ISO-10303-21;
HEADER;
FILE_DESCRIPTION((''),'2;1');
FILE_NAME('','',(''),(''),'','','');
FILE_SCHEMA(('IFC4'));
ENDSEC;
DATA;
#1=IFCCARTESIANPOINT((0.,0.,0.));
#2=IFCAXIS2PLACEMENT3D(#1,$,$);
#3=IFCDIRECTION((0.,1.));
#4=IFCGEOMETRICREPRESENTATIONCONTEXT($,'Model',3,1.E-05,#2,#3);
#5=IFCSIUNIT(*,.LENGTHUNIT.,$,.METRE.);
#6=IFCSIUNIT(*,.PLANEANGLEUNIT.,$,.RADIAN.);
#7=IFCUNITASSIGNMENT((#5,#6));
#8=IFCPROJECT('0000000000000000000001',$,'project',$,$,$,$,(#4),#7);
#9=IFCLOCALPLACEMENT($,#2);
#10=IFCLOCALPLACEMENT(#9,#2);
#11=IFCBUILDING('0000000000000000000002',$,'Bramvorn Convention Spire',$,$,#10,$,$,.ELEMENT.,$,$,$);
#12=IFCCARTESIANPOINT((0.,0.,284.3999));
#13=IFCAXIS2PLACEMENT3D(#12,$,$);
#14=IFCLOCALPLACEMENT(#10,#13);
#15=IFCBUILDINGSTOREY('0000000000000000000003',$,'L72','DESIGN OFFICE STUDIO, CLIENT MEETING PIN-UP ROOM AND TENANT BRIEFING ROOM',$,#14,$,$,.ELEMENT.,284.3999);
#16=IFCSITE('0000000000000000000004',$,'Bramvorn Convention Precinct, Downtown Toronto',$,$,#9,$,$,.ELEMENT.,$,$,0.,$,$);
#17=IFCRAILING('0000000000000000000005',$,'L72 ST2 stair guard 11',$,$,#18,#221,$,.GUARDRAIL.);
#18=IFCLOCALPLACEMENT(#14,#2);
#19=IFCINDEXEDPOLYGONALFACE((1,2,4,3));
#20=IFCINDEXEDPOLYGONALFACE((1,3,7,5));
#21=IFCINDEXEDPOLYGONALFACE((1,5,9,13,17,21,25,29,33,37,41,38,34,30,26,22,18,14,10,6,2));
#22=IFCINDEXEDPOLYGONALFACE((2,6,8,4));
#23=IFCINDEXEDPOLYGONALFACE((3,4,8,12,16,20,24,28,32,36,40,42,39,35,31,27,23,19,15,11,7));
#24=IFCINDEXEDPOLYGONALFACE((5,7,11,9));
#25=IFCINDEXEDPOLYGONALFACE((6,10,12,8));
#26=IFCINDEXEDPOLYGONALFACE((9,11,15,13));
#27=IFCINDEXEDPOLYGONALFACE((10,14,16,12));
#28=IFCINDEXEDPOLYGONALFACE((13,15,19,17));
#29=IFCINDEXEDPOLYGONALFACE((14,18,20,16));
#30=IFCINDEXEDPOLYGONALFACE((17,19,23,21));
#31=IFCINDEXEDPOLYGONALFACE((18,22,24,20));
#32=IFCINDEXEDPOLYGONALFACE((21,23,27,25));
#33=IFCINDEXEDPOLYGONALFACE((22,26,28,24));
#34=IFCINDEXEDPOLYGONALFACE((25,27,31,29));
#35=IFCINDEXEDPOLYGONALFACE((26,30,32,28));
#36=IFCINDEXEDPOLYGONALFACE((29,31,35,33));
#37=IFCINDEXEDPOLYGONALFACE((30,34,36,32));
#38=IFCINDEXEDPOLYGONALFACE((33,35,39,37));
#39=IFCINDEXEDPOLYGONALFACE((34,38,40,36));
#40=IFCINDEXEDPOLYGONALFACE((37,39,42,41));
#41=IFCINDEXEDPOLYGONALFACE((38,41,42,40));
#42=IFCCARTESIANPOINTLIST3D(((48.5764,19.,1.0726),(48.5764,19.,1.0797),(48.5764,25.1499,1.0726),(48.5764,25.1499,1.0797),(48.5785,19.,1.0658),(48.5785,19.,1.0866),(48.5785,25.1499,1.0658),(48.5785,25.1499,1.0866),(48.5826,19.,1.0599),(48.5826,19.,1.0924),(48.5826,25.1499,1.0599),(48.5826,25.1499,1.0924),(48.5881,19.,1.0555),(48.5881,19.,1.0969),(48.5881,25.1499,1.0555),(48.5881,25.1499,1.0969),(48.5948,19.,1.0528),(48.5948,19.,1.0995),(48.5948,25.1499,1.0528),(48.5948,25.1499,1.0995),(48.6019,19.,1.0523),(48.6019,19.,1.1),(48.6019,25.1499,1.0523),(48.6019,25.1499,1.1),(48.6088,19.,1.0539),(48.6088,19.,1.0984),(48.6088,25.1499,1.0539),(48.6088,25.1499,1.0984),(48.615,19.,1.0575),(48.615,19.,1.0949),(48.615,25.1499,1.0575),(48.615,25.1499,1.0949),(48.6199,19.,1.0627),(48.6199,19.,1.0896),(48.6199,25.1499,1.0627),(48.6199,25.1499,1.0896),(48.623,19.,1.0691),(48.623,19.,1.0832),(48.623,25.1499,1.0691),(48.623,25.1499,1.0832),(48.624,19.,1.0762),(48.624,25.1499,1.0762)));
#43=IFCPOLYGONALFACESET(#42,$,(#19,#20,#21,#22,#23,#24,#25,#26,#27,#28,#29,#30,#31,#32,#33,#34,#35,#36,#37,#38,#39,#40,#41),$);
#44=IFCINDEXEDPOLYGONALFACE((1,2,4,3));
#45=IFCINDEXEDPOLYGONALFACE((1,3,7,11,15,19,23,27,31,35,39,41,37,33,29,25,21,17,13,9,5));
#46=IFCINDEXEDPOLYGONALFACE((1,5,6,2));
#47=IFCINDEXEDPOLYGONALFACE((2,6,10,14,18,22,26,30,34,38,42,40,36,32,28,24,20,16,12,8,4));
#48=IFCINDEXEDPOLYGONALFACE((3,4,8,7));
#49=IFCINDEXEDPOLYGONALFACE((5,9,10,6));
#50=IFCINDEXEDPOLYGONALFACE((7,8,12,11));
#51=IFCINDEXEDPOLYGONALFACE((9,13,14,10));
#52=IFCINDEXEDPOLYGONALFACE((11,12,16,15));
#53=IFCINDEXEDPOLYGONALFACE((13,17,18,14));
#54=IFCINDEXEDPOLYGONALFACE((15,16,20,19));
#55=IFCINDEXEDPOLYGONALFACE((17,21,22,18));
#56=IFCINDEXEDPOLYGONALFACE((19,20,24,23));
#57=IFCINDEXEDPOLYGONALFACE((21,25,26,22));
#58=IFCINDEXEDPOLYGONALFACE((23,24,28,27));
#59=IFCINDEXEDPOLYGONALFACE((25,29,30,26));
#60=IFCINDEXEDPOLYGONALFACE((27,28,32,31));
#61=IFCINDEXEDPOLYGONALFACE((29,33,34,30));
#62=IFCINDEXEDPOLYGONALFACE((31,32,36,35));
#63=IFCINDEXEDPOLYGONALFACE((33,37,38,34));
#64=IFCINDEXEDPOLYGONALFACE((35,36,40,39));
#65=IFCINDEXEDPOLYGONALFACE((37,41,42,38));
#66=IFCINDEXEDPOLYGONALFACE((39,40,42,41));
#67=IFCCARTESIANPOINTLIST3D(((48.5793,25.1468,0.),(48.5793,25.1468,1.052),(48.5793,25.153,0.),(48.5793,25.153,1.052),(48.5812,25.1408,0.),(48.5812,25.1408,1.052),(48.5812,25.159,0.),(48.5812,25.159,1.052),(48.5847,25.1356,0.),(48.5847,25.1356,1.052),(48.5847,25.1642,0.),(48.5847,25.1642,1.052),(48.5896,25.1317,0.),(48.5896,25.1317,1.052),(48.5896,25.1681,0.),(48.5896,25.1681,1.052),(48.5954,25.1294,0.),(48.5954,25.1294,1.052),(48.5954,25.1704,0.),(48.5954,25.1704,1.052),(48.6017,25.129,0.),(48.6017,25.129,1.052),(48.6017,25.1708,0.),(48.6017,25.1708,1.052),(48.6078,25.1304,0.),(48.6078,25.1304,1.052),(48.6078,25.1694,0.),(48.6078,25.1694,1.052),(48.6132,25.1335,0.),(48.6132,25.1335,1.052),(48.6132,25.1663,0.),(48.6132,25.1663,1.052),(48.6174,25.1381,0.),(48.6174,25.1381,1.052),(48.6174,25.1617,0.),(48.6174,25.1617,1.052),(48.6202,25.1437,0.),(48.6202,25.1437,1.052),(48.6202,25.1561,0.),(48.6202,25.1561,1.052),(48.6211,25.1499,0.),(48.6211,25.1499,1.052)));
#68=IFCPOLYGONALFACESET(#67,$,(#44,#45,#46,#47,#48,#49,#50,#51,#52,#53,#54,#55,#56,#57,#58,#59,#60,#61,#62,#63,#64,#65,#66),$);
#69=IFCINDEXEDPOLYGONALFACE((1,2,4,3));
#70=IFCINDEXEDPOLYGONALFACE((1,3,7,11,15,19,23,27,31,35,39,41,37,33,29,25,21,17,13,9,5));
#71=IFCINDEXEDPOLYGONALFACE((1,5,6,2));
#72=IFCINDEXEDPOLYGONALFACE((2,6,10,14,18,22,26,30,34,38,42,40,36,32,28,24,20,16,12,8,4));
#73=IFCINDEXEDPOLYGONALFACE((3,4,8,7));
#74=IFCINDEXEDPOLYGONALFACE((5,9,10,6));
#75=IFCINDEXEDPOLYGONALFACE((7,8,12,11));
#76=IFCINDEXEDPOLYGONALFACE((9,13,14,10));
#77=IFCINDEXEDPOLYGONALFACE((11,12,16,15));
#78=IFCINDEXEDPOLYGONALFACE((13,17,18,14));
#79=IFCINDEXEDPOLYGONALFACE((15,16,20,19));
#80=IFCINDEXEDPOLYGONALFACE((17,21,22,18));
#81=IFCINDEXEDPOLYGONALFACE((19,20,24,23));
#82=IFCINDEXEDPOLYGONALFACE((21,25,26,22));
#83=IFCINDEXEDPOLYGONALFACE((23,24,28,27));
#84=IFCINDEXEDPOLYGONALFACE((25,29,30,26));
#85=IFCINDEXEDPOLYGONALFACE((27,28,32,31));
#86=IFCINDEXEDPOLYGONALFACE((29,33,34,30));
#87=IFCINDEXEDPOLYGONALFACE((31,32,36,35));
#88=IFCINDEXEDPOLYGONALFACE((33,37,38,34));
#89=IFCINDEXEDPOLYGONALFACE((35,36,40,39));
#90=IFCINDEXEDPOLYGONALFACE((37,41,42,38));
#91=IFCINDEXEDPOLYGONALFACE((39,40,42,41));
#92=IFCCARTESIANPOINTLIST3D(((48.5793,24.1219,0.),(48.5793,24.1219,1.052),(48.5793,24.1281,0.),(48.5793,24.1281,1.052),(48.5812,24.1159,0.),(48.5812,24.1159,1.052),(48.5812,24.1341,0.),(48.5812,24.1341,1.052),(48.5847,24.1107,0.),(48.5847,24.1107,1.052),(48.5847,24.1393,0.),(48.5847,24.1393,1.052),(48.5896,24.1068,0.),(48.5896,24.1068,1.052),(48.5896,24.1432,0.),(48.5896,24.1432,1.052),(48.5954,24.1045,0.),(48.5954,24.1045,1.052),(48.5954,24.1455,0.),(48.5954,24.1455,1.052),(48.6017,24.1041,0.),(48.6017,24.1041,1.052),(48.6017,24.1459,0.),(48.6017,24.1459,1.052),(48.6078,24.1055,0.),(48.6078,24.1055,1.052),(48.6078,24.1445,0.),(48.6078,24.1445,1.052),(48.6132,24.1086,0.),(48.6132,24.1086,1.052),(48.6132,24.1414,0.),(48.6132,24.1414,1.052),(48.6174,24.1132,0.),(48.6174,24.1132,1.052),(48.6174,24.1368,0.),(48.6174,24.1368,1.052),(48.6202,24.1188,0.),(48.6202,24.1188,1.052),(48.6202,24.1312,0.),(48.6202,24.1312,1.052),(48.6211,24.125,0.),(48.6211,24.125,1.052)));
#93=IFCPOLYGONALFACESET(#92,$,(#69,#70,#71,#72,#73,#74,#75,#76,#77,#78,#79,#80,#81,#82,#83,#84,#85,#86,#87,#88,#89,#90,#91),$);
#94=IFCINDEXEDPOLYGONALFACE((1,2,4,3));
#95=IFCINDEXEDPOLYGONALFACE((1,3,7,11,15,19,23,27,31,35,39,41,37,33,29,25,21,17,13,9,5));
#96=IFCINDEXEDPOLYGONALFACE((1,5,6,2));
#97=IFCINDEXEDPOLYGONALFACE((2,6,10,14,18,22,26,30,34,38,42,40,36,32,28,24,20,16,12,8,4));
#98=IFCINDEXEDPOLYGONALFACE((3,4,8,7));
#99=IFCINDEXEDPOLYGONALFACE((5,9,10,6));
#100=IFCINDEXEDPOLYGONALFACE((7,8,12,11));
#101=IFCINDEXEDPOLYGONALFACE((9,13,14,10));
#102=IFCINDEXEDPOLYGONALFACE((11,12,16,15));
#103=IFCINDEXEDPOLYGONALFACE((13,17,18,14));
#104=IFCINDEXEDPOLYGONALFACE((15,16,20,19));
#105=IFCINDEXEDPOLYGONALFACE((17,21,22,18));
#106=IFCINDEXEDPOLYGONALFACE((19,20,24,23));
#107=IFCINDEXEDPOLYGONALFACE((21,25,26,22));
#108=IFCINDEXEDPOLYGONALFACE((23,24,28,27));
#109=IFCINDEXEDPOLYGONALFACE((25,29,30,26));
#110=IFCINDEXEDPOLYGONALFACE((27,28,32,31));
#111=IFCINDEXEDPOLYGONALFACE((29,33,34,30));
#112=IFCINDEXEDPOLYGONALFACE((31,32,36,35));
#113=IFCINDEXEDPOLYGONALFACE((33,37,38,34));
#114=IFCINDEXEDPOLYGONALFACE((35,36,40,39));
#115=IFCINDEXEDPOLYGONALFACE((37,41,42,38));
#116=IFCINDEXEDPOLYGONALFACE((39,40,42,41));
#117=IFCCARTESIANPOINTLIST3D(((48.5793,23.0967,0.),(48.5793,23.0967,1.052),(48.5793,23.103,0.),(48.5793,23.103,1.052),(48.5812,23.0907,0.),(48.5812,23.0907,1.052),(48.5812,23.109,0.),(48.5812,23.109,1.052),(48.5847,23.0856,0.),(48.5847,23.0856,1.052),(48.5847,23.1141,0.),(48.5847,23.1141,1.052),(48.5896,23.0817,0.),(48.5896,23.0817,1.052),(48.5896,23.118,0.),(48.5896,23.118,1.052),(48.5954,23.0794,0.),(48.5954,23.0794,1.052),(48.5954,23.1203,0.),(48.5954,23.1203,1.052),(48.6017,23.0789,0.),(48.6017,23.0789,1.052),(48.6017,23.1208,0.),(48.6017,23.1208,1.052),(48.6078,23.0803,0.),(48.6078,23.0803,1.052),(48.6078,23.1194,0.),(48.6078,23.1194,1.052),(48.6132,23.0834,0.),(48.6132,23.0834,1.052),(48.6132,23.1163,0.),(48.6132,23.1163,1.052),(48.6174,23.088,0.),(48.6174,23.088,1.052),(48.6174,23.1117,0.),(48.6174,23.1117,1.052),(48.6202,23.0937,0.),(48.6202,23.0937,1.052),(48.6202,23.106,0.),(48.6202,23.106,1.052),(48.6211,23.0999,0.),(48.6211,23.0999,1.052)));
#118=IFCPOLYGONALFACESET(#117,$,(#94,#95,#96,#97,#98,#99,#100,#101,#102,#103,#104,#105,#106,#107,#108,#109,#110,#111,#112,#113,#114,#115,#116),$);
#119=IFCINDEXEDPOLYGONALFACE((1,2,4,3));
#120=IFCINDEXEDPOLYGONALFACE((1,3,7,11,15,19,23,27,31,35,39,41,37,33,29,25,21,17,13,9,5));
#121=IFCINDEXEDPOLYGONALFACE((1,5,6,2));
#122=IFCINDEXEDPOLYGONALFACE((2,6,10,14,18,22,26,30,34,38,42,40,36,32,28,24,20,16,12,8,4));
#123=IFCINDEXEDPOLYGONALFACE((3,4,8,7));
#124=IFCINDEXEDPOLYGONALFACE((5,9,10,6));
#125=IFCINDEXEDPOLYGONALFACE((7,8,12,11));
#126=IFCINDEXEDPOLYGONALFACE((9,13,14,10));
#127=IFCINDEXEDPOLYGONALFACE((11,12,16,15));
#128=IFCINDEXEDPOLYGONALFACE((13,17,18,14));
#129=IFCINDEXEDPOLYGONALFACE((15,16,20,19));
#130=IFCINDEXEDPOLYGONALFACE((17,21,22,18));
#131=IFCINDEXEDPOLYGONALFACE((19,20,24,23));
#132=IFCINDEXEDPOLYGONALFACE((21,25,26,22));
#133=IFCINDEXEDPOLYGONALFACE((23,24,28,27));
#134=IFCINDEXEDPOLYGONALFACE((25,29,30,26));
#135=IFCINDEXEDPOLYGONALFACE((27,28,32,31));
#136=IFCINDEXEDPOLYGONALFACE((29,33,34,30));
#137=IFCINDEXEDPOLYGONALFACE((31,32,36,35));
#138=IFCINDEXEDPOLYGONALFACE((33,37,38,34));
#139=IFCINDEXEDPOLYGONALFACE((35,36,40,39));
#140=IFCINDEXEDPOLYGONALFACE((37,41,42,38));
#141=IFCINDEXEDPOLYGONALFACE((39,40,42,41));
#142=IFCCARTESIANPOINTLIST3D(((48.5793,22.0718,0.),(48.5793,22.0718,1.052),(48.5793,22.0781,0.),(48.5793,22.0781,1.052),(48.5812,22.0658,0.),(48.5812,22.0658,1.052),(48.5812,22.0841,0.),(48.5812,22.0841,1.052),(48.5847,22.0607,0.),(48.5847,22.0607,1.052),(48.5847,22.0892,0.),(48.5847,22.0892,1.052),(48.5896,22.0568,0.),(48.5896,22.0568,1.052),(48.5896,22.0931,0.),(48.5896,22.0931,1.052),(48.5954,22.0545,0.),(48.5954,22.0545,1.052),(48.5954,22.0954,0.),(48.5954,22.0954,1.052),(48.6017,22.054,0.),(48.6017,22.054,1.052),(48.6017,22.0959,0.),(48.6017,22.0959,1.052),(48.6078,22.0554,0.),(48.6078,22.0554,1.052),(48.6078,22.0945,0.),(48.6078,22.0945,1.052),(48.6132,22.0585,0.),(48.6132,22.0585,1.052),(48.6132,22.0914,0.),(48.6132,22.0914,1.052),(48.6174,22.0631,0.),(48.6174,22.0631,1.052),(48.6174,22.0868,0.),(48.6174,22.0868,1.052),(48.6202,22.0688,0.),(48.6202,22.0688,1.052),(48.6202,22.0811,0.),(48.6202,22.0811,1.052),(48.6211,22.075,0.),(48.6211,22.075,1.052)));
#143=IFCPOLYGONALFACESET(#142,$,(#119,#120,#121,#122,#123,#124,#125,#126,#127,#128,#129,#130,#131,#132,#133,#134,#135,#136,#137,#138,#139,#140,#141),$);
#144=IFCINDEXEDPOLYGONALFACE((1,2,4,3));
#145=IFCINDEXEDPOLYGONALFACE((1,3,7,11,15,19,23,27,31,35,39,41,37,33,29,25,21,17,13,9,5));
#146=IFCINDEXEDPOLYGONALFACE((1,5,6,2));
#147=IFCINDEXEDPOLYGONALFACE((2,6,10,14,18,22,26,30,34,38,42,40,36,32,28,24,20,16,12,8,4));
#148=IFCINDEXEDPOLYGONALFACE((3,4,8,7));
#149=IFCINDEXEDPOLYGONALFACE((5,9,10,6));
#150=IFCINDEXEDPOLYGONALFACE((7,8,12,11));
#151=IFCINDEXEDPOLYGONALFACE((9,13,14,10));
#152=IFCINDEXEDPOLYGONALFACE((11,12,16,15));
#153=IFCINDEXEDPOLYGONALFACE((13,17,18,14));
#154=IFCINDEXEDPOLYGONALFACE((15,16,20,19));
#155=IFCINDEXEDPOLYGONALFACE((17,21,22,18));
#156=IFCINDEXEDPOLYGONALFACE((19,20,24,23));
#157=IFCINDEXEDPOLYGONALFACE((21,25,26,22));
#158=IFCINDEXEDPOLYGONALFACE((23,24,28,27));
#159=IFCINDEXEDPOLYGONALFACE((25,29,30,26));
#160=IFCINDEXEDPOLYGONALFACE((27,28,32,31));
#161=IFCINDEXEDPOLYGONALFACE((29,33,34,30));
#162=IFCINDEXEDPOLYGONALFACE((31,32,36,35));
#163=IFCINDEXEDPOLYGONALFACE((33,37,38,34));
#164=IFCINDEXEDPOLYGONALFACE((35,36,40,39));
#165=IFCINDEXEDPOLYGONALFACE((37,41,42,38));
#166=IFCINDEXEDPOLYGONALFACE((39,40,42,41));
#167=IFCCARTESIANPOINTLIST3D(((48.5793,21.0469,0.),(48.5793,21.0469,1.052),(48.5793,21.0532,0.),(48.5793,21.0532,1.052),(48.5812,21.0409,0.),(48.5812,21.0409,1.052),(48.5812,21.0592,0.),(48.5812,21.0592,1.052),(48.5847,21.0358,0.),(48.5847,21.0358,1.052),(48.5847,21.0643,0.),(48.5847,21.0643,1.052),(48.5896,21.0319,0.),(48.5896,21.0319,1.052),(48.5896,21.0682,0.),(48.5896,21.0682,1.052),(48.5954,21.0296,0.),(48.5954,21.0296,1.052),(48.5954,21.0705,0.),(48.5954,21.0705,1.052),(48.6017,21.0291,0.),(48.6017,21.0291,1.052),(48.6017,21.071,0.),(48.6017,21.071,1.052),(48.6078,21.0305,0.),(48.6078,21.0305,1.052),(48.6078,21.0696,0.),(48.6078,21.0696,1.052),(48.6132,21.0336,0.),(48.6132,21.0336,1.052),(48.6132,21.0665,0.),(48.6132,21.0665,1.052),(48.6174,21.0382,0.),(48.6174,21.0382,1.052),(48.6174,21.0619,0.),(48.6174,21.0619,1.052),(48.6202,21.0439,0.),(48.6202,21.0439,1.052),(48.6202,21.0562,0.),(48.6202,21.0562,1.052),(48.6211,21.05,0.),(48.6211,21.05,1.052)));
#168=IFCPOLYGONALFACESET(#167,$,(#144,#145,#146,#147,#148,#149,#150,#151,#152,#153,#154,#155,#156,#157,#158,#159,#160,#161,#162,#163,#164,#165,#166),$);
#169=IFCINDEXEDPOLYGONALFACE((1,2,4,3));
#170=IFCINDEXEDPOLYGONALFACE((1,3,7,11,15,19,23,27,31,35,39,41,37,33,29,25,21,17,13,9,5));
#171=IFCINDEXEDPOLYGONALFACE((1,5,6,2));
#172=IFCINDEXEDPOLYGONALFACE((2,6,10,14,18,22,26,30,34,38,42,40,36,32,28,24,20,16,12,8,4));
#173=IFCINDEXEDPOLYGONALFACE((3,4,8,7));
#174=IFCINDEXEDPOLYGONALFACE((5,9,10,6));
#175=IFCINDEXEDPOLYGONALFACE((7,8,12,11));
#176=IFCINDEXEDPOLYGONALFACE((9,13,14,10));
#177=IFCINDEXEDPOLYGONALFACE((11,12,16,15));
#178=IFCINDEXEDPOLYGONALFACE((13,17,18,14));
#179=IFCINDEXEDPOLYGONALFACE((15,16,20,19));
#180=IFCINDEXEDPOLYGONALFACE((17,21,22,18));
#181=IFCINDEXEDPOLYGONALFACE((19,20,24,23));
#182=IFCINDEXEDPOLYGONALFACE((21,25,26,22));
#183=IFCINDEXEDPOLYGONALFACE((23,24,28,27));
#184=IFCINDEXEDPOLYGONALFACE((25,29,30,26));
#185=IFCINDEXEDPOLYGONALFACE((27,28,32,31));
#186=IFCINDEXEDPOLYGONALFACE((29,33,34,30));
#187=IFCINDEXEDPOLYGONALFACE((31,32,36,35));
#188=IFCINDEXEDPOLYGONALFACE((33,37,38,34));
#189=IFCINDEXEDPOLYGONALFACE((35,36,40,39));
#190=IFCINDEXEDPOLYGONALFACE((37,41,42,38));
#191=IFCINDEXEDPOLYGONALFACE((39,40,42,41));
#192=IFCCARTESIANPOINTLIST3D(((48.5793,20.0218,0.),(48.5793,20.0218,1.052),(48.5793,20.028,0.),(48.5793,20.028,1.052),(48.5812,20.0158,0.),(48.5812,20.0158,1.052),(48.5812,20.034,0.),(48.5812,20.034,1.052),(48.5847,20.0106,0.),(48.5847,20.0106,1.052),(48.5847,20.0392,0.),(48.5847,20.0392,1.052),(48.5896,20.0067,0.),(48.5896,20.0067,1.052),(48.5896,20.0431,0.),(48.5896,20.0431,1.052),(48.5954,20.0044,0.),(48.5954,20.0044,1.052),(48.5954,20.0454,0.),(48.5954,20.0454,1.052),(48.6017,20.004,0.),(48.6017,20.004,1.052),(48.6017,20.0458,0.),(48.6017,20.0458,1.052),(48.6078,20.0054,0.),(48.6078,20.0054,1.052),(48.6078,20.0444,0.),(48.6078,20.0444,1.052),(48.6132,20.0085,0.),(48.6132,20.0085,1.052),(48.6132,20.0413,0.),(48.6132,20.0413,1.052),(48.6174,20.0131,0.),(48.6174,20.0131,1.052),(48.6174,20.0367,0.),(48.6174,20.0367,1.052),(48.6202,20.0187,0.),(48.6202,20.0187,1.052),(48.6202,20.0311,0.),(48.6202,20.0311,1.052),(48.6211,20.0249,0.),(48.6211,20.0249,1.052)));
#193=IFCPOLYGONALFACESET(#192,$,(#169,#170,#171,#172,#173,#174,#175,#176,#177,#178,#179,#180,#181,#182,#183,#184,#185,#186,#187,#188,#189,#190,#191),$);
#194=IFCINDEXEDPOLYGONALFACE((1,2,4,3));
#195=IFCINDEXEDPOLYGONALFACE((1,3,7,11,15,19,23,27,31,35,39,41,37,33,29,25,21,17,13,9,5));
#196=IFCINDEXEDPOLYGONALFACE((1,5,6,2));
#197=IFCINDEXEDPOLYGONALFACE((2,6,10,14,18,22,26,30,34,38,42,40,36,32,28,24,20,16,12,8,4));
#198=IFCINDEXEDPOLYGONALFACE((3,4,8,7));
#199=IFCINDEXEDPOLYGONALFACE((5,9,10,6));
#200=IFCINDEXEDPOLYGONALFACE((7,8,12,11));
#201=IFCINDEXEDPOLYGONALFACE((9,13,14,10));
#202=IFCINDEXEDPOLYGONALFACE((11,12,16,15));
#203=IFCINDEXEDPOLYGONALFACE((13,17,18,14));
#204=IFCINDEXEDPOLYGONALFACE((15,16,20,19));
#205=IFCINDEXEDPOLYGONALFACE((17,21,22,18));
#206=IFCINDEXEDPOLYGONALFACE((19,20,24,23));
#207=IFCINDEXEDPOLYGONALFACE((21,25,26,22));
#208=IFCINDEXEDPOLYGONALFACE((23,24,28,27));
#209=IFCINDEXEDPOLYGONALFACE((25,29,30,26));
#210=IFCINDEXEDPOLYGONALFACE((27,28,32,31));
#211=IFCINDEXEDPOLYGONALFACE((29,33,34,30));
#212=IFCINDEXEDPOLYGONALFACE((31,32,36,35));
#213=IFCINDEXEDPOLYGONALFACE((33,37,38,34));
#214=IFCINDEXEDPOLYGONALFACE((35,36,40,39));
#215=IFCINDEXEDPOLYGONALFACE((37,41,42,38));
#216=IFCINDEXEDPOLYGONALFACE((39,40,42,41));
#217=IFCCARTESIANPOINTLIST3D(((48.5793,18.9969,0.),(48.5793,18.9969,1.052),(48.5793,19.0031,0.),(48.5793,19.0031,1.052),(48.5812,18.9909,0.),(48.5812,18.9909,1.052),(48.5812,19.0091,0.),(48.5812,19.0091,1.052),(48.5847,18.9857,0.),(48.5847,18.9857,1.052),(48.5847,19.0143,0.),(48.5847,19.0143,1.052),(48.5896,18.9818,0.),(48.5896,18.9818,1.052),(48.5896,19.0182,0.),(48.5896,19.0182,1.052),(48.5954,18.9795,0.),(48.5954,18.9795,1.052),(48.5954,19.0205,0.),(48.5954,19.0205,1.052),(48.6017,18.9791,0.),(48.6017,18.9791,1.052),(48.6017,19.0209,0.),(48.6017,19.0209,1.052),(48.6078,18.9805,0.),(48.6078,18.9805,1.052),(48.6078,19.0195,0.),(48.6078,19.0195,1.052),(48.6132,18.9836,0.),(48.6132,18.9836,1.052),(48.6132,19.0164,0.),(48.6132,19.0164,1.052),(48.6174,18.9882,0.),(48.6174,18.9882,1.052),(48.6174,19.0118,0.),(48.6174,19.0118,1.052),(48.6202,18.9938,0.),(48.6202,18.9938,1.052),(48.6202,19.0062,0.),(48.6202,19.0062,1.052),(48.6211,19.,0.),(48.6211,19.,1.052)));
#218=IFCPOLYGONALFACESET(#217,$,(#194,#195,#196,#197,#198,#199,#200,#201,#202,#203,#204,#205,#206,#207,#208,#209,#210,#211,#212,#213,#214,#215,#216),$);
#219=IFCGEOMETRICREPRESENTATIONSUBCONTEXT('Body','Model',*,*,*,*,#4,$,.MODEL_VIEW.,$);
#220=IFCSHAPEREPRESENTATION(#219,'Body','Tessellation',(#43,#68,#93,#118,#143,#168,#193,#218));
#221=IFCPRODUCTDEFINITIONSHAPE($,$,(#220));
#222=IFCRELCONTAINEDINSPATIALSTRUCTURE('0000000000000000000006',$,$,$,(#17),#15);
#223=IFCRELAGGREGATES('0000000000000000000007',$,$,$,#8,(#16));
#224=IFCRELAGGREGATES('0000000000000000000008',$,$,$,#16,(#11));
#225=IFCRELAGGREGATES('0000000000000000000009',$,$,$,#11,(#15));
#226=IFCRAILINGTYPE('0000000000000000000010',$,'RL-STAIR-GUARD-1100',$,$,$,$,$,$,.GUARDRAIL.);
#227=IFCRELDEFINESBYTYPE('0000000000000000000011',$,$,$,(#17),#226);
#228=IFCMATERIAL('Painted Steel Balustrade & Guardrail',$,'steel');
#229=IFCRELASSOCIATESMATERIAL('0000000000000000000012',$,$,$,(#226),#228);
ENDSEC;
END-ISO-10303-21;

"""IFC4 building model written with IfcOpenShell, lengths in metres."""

from ifc_helpers import new_model, si_unit, direction, frame, origin, origin_2d, place, context, subcontext, project, spatial, circle, extrude, material, type_object, element, save


model = new_model("IFC4")

# Units and contexts
model_context = context("Model", 3, precision=1e-05, world=origin(), true_north=direction((0.0, 1.0)))
body_context = subcontext(model_context, "Body", "Model", "MODEL_VIEW")
ifc_project = project(units=[si_unit("LENGTHUNIT", "METRE"), si_unit("PLANEANGLEUNIT", "RADIAN")], contexts=[model_context])

# Site, building, storey
site_placement = place(None, origin())
site = spatial("IfcSite", under=ifc_project, at=site_placement, Name="Bramvorn Convention Precinct, Downtown Toronto", CompositionType="ELEMENT", RefElevation=0.0)
building_placement = place(site_placement, origin())
building = spatial("IfcBuilding", under=site, at=building_placement, Name="Bramvorn Convention Spire", CompositionType="ELEMENT")
storey_placement = place(building_placement, frame((0.0, 0.0, 284.3999)))
storey = spatial("IfcBuildingStorey", under=building, at=storey_placement, Name="L72", Description="DESIGN OFFICE STUDIO, CLIENT MEETING PIN-UP ROOM AND TENANT BRIEFING ROOM", CompositionType="ELEMENT", Elevation=284.3999)

# Railing
ifc_material_1 = material(Name="Painted Steel Balustrade & Guardrail", Category="steel")
railing_type = type_object("IfcRailingType", Name="RL-STAIR-GUARD-1100", PredefinedType="GUARDRAIL", material=ifc_material_1)
railing_placement = place(storey_placement, frame((48.6001, 25.1499, 0.0)))
element("IfcRailing", 1, at=railing_placement, inside=storey, type_object=railing_type, Name="L72 ST2 stair guard 11", PredefinedType="GUARDRAIL", context=body_context, shape_type="SweptSolid", body=[
    extrude(circle(Radius=0.0239, at=origin_2d()), frame((0.0, 0.0, 1.0762), z_axis=(0.0, -1.0, 0.0), x_axis=(1.0, 0.0, 0.0)), (0.0, 0.0, 1.0), 6.1499),
    extrude(circle(Radius=0.021, at=origin_2d()), origin(), (0.0, 0.0, 1.0), 1.052),
    extrude(circle(Radius=0.021, at=origin_2d()), frame((0.0, -1.0249, 0.0)), (0.0, 0.0, 1.0), 1.052),
    extrude(circle(Radius=0.021, at=origin_2d()), frame((0.0, -2.05, 0.0)), (0.0, 0.0, 1.0), 1.052),
    extrude(circle(Radius=0.021, at=origin_2d()), frame((0.0, -3.075, 0.0)), (0.0, 0.0, 1.0), 1.052),
    extrude(circle(Radius=0.021, at=origin_2d()), frame((0.0, -4.0999, 0.0)), (0.0, 0.0, 1.0), 1.052),
    extrude(circle(Radius=0.021, at=origin_2d()), frame((0.0, -5.125, 0.0)), (0.0, 0.0, 1.0), 1.052),
    extrude(circle(Radius=0.021, at=origin_2d()), frame((0.0, -6.1499, 0.0)), (0.0, 0.0, 1.0), 1.052),
])

save(model, "model.ifc")
